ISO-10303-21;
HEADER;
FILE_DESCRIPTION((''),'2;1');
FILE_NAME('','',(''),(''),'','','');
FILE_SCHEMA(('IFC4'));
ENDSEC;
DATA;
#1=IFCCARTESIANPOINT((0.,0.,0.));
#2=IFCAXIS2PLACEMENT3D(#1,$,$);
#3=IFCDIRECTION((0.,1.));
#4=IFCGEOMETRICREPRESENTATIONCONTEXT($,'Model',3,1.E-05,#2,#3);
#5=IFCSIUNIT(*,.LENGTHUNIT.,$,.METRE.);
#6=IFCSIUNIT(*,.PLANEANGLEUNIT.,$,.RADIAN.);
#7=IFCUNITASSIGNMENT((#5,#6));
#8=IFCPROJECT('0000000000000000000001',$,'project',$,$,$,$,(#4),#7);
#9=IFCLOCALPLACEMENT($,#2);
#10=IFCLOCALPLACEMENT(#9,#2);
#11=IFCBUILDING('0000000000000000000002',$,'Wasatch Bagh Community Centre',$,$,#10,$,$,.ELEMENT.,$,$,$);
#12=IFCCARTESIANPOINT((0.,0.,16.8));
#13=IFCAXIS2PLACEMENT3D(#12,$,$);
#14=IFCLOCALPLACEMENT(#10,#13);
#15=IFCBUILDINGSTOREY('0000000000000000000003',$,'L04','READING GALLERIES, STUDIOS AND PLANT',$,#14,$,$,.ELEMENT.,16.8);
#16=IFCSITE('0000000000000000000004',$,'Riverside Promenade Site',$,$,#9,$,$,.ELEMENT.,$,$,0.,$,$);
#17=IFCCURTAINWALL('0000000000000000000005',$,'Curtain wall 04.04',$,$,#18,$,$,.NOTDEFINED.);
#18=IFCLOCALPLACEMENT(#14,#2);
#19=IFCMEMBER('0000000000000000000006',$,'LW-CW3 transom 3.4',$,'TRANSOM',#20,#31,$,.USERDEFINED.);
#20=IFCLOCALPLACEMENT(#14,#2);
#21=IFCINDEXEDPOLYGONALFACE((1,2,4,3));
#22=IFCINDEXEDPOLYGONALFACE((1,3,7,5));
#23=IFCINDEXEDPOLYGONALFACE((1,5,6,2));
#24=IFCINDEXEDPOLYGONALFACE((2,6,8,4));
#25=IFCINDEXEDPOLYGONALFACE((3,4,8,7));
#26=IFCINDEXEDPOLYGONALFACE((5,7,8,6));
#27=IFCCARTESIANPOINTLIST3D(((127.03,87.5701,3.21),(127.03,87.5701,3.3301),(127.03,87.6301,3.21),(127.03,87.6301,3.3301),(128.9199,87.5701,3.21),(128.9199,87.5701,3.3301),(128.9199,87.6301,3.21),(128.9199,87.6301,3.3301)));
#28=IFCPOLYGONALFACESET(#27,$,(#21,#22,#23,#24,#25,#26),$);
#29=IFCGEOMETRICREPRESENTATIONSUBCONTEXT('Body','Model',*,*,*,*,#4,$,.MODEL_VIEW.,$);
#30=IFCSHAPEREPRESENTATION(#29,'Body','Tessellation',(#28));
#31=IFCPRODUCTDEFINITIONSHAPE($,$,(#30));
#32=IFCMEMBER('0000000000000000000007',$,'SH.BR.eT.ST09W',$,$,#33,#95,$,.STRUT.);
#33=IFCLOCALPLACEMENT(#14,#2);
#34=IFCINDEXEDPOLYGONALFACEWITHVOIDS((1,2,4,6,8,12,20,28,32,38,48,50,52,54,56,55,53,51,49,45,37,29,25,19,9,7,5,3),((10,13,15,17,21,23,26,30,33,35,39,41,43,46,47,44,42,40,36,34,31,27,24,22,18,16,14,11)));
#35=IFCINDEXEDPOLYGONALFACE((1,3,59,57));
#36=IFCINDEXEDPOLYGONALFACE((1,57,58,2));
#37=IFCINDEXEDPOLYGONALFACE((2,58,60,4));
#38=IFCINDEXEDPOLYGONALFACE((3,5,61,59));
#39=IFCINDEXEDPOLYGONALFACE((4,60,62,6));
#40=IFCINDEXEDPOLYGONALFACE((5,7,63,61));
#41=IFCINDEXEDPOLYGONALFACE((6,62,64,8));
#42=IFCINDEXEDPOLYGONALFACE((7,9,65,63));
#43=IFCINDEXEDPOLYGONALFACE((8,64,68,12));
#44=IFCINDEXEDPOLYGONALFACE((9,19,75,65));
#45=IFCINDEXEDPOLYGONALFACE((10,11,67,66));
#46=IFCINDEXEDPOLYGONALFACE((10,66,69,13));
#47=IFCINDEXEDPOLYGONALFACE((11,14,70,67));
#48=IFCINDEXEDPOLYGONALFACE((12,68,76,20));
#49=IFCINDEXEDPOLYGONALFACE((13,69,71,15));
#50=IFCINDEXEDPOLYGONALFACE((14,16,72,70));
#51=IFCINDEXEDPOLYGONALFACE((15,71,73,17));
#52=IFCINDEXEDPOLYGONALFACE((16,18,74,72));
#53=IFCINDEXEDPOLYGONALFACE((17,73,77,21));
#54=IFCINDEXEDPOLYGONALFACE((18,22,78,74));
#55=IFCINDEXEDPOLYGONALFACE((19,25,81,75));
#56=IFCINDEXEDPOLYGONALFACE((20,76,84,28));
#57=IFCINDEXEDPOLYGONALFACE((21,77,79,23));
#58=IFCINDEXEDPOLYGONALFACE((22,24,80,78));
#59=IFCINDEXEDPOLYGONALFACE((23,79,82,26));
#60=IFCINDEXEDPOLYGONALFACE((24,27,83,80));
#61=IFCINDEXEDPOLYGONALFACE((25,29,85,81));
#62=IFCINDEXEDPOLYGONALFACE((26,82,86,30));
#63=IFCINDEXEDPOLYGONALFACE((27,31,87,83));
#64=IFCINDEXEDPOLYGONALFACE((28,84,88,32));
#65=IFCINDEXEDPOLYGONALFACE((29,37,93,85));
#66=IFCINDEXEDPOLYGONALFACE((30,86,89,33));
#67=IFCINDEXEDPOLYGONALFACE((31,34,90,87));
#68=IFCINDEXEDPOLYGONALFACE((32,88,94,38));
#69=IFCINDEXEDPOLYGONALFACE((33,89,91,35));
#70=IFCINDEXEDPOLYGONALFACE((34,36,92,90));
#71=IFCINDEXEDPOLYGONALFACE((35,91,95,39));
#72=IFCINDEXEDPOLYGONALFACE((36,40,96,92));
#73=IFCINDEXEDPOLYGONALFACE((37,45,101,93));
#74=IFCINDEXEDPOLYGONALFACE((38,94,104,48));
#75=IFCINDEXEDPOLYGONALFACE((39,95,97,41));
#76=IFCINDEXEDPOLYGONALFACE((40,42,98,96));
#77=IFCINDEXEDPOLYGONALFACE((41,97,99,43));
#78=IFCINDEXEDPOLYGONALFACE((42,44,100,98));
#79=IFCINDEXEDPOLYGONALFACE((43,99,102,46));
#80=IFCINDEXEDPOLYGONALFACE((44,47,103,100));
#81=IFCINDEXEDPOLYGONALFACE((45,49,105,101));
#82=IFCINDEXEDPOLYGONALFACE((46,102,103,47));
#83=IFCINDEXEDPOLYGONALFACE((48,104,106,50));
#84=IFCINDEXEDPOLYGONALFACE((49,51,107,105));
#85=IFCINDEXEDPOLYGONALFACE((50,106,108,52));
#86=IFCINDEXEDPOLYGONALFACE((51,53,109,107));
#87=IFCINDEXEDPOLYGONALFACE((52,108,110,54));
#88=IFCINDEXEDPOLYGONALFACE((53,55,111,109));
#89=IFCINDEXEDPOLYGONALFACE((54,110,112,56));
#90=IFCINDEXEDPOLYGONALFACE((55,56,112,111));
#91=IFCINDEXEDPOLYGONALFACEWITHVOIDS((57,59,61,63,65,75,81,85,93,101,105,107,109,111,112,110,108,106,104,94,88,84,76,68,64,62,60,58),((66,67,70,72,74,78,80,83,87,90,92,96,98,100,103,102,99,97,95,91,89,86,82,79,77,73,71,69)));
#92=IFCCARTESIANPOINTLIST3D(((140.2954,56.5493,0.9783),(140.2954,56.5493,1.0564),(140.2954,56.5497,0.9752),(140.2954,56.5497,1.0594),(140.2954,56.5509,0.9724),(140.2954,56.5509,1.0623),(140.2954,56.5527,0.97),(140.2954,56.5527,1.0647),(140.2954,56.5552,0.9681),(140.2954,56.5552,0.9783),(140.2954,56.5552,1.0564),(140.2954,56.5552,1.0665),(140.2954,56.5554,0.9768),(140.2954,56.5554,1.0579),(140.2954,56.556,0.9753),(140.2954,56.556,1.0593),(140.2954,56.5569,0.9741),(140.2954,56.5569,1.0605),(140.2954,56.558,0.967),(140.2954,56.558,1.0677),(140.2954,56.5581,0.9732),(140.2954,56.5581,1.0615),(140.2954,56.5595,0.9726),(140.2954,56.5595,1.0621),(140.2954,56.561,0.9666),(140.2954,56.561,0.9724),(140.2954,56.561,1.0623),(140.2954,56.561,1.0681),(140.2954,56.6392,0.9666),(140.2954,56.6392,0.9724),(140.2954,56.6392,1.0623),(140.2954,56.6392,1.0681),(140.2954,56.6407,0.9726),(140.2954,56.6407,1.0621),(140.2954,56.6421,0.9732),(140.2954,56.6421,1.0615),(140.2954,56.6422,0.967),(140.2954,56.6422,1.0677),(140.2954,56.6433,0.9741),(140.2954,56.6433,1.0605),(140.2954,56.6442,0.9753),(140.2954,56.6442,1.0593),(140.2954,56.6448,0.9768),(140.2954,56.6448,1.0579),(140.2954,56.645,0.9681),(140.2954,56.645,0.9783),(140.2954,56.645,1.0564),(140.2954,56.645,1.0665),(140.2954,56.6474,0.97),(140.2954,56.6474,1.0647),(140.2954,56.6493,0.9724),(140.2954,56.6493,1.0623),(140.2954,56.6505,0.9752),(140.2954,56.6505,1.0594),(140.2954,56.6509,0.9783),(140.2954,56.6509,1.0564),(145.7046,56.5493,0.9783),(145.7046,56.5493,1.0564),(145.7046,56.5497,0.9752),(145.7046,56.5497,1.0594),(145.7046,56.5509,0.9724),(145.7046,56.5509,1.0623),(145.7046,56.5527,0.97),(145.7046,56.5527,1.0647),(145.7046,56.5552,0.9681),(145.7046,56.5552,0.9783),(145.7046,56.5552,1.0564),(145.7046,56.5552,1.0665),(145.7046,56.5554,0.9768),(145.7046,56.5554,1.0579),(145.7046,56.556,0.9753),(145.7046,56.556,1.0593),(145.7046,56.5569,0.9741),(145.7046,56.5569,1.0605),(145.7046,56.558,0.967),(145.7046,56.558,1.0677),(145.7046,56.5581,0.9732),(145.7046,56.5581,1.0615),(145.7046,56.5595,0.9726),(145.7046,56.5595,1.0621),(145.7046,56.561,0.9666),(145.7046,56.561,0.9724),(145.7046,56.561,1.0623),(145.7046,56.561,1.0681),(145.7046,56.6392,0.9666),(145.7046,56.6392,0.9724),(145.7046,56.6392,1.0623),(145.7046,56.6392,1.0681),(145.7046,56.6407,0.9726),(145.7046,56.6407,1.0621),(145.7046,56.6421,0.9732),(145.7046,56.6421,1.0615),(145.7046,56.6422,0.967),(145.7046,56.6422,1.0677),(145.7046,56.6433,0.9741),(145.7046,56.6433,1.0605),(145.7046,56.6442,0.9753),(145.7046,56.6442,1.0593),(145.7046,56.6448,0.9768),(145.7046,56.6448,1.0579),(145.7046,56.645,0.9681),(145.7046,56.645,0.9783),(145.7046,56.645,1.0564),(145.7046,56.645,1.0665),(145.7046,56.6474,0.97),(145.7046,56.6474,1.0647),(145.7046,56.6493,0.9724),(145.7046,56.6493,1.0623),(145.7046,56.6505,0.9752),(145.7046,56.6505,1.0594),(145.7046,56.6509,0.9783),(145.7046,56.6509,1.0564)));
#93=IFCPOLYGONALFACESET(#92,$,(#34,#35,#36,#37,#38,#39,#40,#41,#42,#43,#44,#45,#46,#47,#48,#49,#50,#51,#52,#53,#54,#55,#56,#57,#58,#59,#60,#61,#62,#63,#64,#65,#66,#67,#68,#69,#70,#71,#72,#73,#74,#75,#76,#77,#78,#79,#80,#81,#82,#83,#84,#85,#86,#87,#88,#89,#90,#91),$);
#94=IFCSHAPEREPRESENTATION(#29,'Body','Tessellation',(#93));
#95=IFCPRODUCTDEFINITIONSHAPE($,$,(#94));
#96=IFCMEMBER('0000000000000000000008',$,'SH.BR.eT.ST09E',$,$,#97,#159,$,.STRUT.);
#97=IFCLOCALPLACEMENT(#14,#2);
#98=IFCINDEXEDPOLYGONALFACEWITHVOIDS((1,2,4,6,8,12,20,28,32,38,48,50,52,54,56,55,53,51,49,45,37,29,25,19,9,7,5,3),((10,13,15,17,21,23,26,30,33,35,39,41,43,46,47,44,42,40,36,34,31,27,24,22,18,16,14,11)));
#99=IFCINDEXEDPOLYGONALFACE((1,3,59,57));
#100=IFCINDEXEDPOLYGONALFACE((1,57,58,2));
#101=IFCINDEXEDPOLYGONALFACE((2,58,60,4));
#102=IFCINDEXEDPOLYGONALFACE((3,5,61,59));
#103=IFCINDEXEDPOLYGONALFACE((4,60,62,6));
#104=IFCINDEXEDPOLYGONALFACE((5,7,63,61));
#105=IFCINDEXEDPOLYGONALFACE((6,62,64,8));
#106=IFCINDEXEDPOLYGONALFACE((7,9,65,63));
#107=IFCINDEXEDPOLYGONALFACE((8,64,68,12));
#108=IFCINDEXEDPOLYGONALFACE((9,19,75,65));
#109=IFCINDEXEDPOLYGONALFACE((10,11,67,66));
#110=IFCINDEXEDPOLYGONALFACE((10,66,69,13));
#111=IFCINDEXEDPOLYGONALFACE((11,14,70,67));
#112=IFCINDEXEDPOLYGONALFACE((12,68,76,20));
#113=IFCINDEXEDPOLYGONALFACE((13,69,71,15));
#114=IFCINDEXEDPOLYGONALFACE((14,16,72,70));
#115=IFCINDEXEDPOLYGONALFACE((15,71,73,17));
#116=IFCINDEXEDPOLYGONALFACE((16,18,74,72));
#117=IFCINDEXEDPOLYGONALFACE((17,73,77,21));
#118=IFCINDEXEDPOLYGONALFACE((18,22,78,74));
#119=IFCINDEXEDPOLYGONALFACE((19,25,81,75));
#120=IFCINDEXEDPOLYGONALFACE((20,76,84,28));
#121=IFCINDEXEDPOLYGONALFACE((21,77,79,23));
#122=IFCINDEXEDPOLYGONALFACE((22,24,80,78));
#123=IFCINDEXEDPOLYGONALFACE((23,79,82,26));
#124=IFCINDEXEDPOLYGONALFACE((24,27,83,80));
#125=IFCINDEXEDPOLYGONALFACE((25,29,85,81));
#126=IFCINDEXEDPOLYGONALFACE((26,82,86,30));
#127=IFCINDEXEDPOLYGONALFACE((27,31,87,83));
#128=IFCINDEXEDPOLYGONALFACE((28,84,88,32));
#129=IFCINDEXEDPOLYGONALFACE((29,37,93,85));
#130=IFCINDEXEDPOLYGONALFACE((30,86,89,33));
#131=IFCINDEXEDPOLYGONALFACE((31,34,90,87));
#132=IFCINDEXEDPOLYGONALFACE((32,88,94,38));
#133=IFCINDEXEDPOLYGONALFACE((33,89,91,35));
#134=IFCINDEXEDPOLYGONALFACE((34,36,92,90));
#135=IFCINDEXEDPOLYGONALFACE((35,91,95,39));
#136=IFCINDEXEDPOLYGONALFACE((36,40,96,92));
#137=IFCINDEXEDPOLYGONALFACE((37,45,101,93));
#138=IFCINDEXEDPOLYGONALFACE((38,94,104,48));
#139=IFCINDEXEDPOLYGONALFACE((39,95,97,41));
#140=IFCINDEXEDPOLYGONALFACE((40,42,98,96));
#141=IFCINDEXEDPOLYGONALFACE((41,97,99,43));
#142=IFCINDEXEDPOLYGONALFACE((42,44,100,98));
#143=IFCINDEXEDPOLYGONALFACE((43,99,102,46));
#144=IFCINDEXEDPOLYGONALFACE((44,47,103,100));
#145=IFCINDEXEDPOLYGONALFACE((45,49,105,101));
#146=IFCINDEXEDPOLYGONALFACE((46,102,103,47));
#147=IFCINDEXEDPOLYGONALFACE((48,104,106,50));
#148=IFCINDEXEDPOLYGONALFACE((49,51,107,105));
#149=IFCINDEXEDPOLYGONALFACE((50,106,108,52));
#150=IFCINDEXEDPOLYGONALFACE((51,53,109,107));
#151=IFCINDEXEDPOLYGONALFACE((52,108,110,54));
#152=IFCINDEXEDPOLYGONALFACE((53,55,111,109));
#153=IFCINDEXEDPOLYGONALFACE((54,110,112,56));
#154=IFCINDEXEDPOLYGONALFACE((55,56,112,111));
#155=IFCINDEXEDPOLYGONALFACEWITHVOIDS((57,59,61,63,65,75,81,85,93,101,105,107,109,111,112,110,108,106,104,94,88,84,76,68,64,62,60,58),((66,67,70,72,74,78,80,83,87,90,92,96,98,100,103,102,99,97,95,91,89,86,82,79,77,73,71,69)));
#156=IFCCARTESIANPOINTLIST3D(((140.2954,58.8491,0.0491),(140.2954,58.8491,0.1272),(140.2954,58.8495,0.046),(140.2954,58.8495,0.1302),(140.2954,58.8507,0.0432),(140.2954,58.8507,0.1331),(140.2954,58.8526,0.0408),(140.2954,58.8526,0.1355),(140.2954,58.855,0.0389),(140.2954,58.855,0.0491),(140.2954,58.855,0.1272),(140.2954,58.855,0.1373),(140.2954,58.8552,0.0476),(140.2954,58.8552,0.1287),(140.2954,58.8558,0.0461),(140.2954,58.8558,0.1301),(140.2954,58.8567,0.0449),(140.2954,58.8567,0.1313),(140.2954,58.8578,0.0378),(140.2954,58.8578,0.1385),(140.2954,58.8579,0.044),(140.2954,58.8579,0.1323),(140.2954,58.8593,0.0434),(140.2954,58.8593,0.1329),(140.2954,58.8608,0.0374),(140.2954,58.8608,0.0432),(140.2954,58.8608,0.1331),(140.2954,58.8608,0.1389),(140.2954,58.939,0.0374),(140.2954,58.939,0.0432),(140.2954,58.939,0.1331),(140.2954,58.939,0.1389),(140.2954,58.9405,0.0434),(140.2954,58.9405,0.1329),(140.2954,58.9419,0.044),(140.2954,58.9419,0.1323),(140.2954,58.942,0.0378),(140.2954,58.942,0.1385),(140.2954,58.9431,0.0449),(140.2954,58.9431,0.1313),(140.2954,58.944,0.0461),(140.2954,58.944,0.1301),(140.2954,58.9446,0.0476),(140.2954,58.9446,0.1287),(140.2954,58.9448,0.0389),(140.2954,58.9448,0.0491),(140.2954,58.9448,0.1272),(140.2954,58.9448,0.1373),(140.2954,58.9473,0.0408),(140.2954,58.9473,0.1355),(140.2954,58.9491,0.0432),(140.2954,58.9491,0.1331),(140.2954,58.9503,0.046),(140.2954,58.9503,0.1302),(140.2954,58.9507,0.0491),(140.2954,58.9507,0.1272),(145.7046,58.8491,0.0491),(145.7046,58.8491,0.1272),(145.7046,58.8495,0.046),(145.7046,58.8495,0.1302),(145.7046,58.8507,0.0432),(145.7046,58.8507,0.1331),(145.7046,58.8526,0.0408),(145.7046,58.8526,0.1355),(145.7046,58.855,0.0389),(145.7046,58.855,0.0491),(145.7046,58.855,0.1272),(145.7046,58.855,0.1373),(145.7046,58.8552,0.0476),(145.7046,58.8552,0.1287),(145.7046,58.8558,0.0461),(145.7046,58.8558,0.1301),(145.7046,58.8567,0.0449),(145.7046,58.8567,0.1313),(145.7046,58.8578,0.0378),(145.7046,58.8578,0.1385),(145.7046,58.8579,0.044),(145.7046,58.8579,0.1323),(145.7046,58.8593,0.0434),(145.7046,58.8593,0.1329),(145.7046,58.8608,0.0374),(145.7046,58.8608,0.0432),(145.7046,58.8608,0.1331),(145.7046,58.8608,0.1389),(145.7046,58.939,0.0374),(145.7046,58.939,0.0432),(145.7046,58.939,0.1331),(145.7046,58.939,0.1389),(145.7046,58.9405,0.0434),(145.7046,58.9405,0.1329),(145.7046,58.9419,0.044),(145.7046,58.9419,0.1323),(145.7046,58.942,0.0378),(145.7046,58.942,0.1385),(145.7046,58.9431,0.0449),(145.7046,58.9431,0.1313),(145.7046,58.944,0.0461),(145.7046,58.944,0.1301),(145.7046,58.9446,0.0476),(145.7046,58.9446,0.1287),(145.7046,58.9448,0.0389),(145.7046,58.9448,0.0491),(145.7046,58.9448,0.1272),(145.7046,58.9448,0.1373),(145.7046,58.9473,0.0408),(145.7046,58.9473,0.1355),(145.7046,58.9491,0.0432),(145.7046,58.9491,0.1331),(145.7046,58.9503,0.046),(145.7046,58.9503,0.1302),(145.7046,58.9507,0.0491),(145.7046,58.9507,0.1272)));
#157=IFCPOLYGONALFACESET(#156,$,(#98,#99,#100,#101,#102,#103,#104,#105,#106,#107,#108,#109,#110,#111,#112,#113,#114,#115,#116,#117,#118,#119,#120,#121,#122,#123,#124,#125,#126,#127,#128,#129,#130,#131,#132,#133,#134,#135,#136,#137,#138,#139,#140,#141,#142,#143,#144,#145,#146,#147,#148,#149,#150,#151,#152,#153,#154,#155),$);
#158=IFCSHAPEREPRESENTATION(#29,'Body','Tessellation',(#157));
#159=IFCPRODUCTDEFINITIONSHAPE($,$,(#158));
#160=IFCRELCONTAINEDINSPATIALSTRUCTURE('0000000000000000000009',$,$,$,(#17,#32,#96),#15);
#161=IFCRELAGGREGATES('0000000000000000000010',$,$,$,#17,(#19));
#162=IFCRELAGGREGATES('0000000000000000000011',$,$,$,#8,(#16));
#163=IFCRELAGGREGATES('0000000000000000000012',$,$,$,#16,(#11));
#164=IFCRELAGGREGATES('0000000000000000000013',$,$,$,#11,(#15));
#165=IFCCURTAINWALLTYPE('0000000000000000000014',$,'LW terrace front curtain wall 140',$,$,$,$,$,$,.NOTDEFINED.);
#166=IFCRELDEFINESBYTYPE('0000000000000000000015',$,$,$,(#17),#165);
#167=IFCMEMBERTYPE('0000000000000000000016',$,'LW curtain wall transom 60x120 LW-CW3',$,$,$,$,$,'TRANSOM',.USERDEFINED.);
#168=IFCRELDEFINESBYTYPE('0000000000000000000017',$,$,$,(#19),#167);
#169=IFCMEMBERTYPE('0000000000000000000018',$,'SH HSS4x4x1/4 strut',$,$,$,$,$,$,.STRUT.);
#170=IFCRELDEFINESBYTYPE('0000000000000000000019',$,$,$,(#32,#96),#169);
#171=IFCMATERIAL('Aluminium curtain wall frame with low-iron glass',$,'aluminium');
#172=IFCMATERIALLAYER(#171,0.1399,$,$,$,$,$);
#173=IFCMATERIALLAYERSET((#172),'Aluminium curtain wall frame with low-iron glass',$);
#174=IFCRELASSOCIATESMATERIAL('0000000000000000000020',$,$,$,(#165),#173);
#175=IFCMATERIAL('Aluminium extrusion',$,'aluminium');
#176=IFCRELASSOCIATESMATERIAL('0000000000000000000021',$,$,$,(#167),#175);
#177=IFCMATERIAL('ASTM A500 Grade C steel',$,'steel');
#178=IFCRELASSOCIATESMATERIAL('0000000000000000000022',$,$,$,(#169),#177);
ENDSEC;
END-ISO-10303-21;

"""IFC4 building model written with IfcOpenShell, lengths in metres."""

from ifc_helpers import new_model, si_unit, direction, frame, origin, origin_2d, place, context, subcontext, project, spatial, rectangle, hollow_rectangle, extrude, material, layer, layer_set, material_profile, profile_set, type_object, element, aggregate, save


model = new_model("IFC4")

# Units and contexts
model_context = context("Model", 3, precision=1e-05, world=origin(), true_north=direction((0.0, 1.0)))
body_context = subcontext(model_context, "Body", "Model", "MODEL_VIEW")
ifc_project = project(units=[si_unit("LENGTHUNIT", "METRE"), si_unit("PLANEANGLEUNIT", "RADIAN")], contexts=[model_context])

# Site, building, storey
site_placement = place(None, origin())
site = spatial("IfcSite", under=ifc_project, at=site_placement, Name="Riverside Promenade Site", CompositionType="ELEMENT", RefElevation=0.0)
building_placement = place(site_placement, origin())
building = spatial("IfcBuilding", under=site, at=building_placement, Name="Wasatch Bagh Community Centre", CompositionType="ELEMENT")
storey_placement = place(building_placement, frame((0.0, 0.0, 16.8)))
storey = spatial("IfcBuildingStorey", under=building, at=storey_placement, Name="L04", Description="READING GALLERIES, STUDIOS AND PLANT", CompositionType="ELEMENT", Elevation=16.8)

# Curtain wall, member
ifc_material_1 = material(Name="Aluminium curtain wall frame with low-iron glass", Category="aluminium")
ifc_layer_1 = layer(ifc_material_1, 0.1399)
ifc_layer_set_1 = layer_set([ifc_layer_1], Name="Aluminium curtain wall frame with low-iron glass")
curtain_wall_type = type_object("IfcCurtainWallType", Name="LW terrace front curtain wall 140", PredefinedType="NOTDEFINED", material=ifc_layer_set_1)
curtain_wall_placement = place(storey_placement, origin())
curtain_wall = element("IfcCurtainWall", 1, at=curtain_wall_placement, inside=storey, type_object=curtain_wall_type, Name="Curtain wall 04.04", PredefinedType="NOTDEFINED")
ifc_material_2 = material(Name="Aluminium extrusion", Category="aluminium")
ifc_material_profile_1 = material_profile(ifc_material_2, rectangle(XDim=0.0601, YDim=0.1201, at=origin_2d()), Name="AL 60x120")
ifc_profile_set_1 = profile_set([ifc_material_profile_1], Name="Aluminium extrusion")
member_type_1 = type_object("IfcMemberType", Name="LW curtain wall transom 60x120 LW-CW3", ElementType="TRANSOM", PredefinedType="USERDEFINED", material=ifc_profile_set_1)
member_1_placement = place(storey_placement, frame((127.03, 87.6001, 3.27), z_axis=(1.0, 0.0, 0.0), x_axis=(0.0, 1.0, 0.0)))
member_1 = element("IfcMember", 2, at=member_1_placement, type_object=member_type_1, Name="LW-CW3 transom 3.4", ObjectType="TRANSOM", PredefinedType="USERDEFINED", context=body_context, shape_type="SweptSolid", body=[
    extrude(rectangle(XDim=0.0601, YDim=0.1201, at=origin_2d()), origin(), (0.0, 0.0, 1.0), 1.8899),
])
aggregate(curtain_wall, [member_1])

# Members
ifc_material_3 = material(Name="ASTM A500 Grade C steel", Category="steel")
ifc_material_profile_2 = material_profile(ifc_material_3, hollow_rectangle(XDim=0.1016, YDim=0.1016, WallThickness=0.0059, InnerFilletRadius=0.0059, OuterFilletRadius=0.0117, at=origin_2d()), Name="HSS4x4x1/4")
ifc_profile_set_2 = profile_set([ifc_material_profile_2], Name="ASTM A500 Grade C steel")
member_type_2 = type_object("IfcMemberType", Name="SH HSS4x4x1/4 strut", PredefinedType="STRUT", material=ifc_profile_set_2)
for number, where, z_axis, x_axis, name in (
    (3, (140.2954, 56.6001, 1.0173), (1.0, 0.0, 0.0), (0.0, 1.0, 0.0), "SH.BR.eT.ST09W"),
    (4, (140.2954, 58.8999, 0.0881), (1.0, 0.0, 0.0), (0.0, 1.0, 0.0), "SH.BR.eT.ST09E"),
):
    element("IfcMember", number, at=place(storey_placement, frame(where, z_axis=z_axis, x_axis=x_axis)), inside=storey, type_object=member_type_2, Name=name, PredefinedType="STRUT", context=body_context, shape_type="SweptSolid", body=[
        extrude(hollow_rectangle(XDim=0.1016, YDim=0.1016, WallThickness=0.0059, InnerFilletRadius=0.0059, OuterFilletRadius=0.0117, at=origin_2d()), origin(), (0.0, 0.0, 1.0), 5.4092),
    ])

save(model, "model.ifc")
